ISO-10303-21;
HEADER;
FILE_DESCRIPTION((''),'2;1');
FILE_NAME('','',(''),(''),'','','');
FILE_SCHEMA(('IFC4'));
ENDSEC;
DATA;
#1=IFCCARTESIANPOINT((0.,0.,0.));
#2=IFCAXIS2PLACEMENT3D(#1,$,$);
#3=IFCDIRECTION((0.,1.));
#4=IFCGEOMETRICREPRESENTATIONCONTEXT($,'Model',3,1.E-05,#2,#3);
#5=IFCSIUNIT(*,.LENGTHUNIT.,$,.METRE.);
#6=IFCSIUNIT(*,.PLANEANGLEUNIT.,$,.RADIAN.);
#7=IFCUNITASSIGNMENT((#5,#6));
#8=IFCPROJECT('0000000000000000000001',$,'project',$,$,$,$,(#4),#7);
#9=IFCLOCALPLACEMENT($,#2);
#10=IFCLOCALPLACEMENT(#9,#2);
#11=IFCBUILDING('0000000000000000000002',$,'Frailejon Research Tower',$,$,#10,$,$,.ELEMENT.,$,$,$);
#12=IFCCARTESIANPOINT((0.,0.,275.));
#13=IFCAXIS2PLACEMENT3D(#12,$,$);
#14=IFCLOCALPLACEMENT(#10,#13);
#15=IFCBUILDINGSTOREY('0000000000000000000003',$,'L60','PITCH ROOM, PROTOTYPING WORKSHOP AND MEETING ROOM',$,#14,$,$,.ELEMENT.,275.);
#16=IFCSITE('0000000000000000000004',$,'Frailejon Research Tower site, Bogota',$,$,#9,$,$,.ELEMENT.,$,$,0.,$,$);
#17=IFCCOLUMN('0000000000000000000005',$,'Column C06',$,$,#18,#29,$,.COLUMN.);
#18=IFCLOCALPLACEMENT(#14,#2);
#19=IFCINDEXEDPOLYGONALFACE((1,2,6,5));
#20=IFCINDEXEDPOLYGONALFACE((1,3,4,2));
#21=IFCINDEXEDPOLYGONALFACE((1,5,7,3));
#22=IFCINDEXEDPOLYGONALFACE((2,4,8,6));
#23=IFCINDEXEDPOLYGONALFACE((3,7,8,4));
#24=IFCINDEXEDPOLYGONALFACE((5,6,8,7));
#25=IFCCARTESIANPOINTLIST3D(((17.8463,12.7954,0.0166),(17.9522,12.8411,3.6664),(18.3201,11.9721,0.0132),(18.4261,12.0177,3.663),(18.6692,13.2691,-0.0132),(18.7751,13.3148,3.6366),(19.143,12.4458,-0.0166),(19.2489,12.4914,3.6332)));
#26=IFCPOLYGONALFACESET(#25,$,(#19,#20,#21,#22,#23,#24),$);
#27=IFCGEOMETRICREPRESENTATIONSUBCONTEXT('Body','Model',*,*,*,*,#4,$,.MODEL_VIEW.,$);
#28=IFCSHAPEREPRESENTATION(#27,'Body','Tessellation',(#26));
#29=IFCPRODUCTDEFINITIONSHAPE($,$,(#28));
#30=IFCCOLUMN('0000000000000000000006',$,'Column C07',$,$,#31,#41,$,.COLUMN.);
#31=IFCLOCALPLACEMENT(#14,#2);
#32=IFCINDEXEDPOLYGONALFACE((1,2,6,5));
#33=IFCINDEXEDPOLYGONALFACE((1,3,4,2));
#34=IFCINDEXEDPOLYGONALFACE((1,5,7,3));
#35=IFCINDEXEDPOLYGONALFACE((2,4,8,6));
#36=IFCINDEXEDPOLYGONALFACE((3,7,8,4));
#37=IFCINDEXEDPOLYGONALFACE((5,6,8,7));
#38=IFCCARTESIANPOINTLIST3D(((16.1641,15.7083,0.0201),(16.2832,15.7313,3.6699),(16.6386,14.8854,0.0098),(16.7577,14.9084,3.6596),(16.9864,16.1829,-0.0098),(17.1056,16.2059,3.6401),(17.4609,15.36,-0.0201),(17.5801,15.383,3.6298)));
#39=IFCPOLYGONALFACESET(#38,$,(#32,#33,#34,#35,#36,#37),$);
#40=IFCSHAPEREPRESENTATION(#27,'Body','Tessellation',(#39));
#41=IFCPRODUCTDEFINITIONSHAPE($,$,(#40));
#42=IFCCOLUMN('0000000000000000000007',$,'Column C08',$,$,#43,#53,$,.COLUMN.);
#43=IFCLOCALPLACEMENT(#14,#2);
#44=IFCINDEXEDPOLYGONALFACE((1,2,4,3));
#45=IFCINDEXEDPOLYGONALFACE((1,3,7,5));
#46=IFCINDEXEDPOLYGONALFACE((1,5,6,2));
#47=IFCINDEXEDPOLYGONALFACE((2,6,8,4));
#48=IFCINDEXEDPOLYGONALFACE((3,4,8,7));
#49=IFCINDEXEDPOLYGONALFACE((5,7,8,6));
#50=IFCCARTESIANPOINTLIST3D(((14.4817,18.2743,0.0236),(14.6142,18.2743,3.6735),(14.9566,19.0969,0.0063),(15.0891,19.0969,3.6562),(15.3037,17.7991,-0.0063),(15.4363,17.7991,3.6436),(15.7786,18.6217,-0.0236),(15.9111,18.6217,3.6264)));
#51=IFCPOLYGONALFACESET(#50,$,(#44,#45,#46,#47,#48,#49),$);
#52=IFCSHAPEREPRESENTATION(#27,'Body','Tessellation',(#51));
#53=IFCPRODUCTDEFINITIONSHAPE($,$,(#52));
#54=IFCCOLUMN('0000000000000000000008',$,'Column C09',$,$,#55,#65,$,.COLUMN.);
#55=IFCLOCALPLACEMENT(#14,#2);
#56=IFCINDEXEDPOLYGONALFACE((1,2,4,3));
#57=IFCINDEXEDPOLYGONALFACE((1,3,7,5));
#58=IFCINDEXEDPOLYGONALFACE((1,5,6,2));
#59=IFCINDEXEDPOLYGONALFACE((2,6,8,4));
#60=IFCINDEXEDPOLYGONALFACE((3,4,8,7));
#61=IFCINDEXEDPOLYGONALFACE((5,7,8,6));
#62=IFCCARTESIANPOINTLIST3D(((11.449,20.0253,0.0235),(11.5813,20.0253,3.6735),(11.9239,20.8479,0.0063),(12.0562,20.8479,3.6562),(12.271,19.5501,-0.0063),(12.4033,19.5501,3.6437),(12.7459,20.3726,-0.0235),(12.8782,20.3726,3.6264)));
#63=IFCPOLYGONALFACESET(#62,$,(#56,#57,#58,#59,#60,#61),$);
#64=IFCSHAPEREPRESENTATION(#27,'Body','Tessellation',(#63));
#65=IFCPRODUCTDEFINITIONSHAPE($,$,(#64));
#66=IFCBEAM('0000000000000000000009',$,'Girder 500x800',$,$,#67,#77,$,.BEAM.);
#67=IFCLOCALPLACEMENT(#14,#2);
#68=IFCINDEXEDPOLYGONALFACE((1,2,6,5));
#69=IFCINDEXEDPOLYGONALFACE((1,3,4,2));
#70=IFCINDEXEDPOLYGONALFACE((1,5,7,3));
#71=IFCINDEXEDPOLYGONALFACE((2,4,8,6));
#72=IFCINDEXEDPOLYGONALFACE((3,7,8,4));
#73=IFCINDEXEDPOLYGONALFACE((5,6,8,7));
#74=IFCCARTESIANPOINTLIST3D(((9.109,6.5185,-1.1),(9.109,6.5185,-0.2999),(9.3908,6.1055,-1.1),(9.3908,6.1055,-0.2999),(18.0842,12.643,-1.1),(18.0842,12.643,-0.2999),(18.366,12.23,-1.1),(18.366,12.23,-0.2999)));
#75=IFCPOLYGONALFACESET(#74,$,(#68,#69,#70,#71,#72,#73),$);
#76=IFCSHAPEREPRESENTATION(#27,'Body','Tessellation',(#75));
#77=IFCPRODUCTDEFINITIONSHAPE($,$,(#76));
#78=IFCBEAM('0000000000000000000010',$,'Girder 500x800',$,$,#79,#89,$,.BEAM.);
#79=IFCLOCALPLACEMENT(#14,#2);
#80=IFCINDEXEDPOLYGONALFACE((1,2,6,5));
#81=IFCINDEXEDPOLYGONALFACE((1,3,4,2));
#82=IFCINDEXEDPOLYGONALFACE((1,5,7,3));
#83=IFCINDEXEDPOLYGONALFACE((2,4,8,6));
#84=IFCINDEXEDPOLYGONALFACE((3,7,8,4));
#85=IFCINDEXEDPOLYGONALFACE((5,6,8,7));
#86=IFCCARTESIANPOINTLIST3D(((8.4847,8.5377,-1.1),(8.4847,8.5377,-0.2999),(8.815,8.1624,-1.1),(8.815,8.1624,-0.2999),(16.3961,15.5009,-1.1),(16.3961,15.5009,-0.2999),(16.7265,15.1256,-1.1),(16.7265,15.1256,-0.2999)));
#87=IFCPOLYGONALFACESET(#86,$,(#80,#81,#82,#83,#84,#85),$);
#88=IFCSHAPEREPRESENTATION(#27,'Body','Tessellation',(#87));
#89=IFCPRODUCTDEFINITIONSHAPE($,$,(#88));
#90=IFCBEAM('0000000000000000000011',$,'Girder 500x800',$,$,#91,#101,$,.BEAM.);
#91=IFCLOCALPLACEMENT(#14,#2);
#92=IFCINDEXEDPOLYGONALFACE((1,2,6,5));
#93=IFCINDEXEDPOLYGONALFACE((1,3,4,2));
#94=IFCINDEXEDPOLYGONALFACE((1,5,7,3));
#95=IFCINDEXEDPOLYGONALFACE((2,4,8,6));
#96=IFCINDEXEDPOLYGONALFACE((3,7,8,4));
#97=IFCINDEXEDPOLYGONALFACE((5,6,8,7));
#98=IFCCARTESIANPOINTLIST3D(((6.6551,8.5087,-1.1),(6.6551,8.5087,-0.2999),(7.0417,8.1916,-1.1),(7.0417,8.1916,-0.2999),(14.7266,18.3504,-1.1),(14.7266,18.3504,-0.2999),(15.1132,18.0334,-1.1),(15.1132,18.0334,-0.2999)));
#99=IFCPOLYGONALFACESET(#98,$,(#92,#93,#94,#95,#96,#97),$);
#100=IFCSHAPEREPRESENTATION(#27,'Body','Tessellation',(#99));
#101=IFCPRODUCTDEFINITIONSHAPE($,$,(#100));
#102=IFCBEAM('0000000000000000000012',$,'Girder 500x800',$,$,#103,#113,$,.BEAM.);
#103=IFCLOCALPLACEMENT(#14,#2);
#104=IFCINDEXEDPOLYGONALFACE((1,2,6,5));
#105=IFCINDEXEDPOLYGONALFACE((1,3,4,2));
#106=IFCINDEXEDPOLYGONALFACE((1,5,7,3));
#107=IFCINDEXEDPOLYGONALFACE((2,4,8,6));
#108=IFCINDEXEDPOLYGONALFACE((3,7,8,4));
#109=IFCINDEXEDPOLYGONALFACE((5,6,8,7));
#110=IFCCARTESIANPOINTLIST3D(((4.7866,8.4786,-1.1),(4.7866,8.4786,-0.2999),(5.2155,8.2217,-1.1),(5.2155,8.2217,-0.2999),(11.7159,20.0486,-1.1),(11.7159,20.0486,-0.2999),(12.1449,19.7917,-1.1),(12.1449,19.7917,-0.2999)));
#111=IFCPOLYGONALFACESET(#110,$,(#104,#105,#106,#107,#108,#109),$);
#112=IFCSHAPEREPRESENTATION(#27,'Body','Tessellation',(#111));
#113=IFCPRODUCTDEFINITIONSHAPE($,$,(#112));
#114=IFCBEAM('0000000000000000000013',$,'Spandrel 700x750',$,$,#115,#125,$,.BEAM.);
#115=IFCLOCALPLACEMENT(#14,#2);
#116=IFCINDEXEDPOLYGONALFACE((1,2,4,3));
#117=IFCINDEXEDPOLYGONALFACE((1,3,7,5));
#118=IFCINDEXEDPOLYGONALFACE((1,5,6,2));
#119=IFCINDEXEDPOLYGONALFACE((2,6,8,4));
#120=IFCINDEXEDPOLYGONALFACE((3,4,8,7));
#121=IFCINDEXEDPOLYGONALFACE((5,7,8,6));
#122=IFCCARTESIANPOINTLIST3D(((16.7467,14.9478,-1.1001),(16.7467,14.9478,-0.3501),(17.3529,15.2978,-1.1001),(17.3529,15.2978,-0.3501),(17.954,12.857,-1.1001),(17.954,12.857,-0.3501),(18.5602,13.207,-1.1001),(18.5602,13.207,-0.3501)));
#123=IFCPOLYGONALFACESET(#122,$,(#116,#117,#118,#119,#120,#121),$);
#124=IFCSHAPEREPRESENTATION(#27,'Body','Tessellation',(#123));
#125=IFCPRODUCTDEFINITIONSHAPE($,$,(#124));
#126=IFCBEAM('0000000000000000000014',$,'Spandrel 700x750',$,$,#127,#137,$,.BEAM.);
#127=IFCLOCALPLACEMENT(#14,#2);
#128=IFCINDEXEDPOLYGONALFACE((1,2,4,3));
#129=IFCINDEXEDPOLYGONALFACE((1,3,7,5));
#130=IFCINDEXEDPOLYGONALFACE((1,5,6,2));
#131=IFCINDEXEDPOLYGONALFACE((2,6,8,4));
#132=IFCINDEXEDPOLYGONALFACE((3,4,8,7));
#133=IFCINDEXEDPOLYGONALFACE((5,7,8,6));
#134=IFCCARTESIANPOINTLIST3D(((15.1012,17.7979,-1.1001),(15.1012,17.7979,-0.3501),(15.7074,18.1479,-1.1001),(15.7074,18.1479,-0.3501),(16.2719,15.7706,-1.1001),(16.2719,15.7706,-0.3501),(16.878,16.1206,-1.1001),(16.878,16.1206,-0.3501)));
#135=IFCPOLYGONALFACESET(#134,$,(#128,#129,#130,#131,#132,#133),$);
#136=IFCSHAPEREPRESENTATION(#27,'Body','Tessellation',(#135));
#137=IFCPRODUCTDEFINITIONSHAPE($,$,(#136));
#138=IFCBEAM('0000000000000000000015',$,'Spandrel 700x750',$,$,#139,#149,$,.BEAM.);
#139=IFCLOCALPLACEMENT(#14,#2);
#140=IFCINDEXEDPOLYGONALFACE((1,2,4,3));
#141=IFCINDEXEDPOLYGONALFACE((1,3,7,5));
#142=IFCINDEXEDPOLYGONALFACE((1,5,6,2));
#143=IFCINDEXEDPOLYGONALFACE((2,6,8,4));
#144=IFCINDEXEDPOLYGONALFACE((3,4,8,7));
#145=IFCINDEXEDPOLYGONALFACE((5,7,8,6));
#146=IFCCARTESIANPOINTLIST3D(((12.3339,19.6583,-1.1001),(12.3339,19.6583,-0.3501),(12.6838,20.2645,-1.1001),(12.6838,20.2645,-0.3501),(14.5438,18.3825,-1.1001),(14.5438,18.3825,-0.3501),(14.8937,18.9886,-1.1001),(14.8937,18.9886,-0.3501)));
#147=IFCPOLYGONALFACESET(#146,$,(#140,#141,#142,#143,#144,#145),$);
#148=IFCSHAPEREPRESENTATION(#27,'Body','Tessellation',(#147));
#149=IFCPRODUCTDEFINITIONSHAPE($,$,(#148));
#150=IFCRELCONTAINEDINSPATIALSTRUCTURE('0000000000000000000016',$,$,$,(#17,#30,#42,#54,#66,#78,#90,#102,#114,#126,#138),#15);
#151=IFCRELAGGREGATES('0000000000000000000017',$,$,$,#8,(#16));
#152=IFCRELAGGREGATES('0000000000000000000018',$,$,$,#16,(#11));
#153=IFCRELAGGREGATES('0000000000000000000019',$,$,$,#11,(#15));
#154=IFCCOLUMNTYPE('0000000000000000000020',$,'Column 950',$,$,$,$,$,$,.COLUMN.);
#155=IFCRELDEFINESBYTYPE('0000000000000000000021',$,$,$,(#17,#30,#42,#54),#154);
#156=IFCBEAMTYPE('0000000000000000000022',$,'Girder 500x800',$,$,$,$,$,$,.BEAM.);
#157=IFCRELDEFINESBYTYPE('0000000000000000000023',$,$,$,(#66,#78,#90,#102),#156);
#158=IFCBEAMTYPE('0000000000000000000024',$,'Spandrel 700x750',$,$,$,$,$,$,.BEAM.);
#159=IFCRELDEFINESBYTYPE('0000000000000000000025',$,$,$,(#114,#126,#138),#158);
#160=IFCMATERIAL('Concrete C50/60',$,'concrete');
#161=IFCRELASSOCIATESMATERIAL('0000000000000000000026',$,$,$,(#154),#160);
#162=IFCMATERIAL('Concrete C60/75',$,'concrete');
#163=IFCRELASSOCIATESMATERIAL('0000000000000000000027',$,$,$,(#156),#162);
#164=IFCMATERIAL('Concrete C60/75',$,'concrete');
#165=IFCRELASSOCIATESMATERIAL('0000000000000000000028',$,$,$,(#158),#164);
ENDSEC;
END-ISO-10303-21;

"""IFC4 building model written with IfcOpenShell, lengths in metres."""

from ifc_helpers import new_model, si_unit, direction, frame, origin, origin_2d, place, context, subcontext, project, spatial, rectangle, extrude, material, material_profile, profile_set, type_object, element, save


model = new_model("IFC4")

# Units and contexts
model_context = context("Model", 3, precision=1e-05, world=origin(), true_north=direction((0.0, 1.0)))
body_context = subcontext(model_context, "Body", "Model", "MODEL_VIEW")
ifc_project = project(units=[si_unit("LENGTHUNIT", "METRE"), si_unit("PLANEANGLEUNIT", "RADIAN")], contexts=[model_context])

# Site, building, storey
site_placement = place(None, origin())
site = spatial("IfcSite", under=ifc_project, at=site_placement, Name="Frailejon Research Tower site, Bogota", CompositionType="ELEMENT", RefElevation=0.0)
building_placement = place(site_placement, origin())
building = spatial("IfcBuilding", under=site, at=building_placement, Name="Frailejon Research Tower", CompositionType="ELEMENT")
storey_placement = place(building_placement, frame((0.0, 0.0, 275.0)))
storey = spatial("IfcBuildingStorey", under=building, at=storey_placement, Name="L60", Description="PITCH ROOM, PROTOTYPING WORKSHOP AND MEETING ROOM", CompositionType="ELEMENT", Elevation=275.0)

# Columns
ifc_material_1 = material(Name="Concrete C50/60", Category="concrete")
ifc_material_profile_1 = material_profile(ifc_material_1, rectangle(XDim=0.95, YDim=0.95, at=origin_2d()), Name="Column 950")
ifc_profile_set_1 = profile_set([ifc_material_profile_1], Name="Concrete C50/60")
column_type = type_object("IfcColumnType", Name="Column 950", PredefinedType="COLUMN", material=ifc_profile_set_1)
column_1_placement = place(storey_placement, frame((18.4946, 12.6206, 0.0), z_axis=(0.029016, 0.012502, 0.999501), x_axis=(-0.498794, 0.866713, 0.003639)))
element("IfcColumn", 1, at=column_1_placement, inside=storey, type_object=column_type, Name="Column C06", PredefinedType="COLUMN", context=body_context, shape_type="SweptSolid", body=[
    extrude(rectangle(XDim=0.95, YDim=0.95, at=origin_2d()), origin(), (0.0, 0.0, 1.0), 3.6516),
])
column_2_placement = place(storey_placement, frame((16.8125, 15.5342, 0.0), z_axis=(0.032624, 0.006284, 0.999448), x_axis=(-0.49952, 0.866234, 0.010859)))
element("IfcColumn", 2, at=column_2_placement, inside=storey, type_object=column_type, Name="Column C07", PredefinedType="COLUMN", context=body_context, shape_type="SweptSolid", body=[
    extrude(rectangle(XDim=0.95, YDim=0.95, at=origin_2d()), origin(), (0.0, 0.0, 1.0), 3.6519),
])
for number, where, z_axis, x_axis, name in (
    (3, (15.1301, 18.448, 0.0), (0.036297, 0.0, 0.999341), (-0.865313, 0.500246, 0.031429), "Column C08"),
    (4, (12.0974, 20.199, 0.0), (0.03623, 0.0, 0.999343), (-0.865315, 0.500246, 0.031371), "Column C09"),
):
    element("IfcColumn", number, at=place(storey_placement, frame(where, z_axis=z_axis, x_axis=x_axis)), inside=storey, type_object=column_type, Name=name, PredefinedType="COLUMN", context=body_context, shape_type="SweptSolid", body=[
        extrude(rectangle(XDim=0.95, YDim=0.95, at=origin_2d()), origin(), (0.0, 0.0, 1.0), 3.6523),
    ])

# Beams
ifc_material_2 = material(Name="Concrete C60/75", Category="concrete")
ifc_material_profile_2 = material_profile(ifc_material_2, rectangle(XDim=0.5, YDim=0.8, at=origin_2d()), Name="Girder 500x800")
ifc_profile_set_2 = profile_set([ifc_material_profile_2], Name="Concrete C60/75")
beam_type_1 = type_object("IfcBeamType", Name="Girder 500x800", PredefinedType="BEAM", material=ifc_profile_set_2)
beam_1_placement = place(storey_placement, frame((18.2251, 12.4365, -0.7), z_axis=(-0.826008, -0.563659, 0.0), x_axis=(0.563659, -0.826008, 0.0)))
element("IfcBeam", 5, at=beam_1_placement, inside=storey, type_object=beam_type_1, Name="Girder 500x800", PredefinedType="BEAM", context=body_context, shape_type="SweptSolid", body=[
    extrude(rectangle(XDim=0.5, YDim=0.8, at=origin_2d()), origin(), (0.0, 0.0, 1.0), 10.8657),
])
beam_2_placement = place(storey_placement, frame((16.5613, 15.3132, -0.7), z_axis=(-0.750661, -0.660688, 0.0), x_axis=(0.660688, -0.750661, 0.0)))
element("IfcBeam", 6, at=beam_2_placement, inside=storey, type_object=beam_type_1, Name="Girder 500x800", PredefinedType="BEAM", context=body_context, shape_type="SweptSolid", body=[
    extrude(rectangle(XDim=0.5, YDim=0.8, at=origin_2d()), origin(), (0.0, 0.0, 1.0), 10.5393),
])
beam_3_placement = place(storey_placement, frame((14.9199, 18.1919, -0.7), z_axis=(-0.634139, -0.773219, 0.0), x_axis=(0.773219, -0.634139, 0.0)))
element("IfcBeam", 7, at=beam_3_placement, inside=storey, type_object=beam_type_1, Name="Girder 500x800", PredefinedType="BEAM", context=body_context, shape_type="SweptSolid", body=[
    extrude(rectangle(XDim=0.5, YDim=0.8, at=origin_2d()), origin(), (0.0, 0.0, 1.0), 12.7283),
])
beam_4_placement = place(storey_placement, frame((11.9304, 19.9202, -0.7), z_axis=(-0.513809, -0.857905, 0.0), x_axis=(0.857905, -0.513809, 0.0)))
element("IfcBeam", 8, at=beam_4_placement, inside=storey, type_object=beam_type_1, Name="Girder 500x800", PredefinedType="BEAM", context=body_context, shape_type="SweptSolid", body=[
    extrude(rectangle(XDim=0.5, YDim=0.8, at=origin_2d()), origin(), (0.0, 0.0, 1.0), 13.4863),
])
ifc_material_3 = material(Name="Concrete C60/75", Category="concrete")
ifc_material_profile_3 = material_profile(ifc_material_3, rectangle(XDim=0.7, YDim=0.75, at=origin_2d()), Name="Spandrel 700x750")
ifc_profile_set_3 = profile_set([ifc_material_profile_3], Name="Concrete C60/75")
beam_type_2 = type_object("IfcBeamType", Name="Spandrel 700x750", PredefinedType="BEAM", material=ifc_profile_set_3)
beam_5_placement = place(storey_placement, frame((18.2571, 13.032, -0.7251), z_axis=(-0.500043, 0.866, 0.0), x_axis=(-0.866, -0.500043, 0.0)))
element("IfcBeam", 9, at=beam_5_placement, inside=storey, type_object=beam_type_2, Name="Spandrel 700x750", PredefinedType="BEAM", context=body_context, shape_type="SweptSolid", body=[
    extrude(rectangle(XDim=0.7, YDim=0.75, at=origin_2d()), origin(), (0.0, 0.0, 1.0), 2.4143),
])
beam_6_placement = place(storey_placement, frame((16.575, 15.9456, -0.7251), z_axis=(-0.500053, 0.865995, 0.0), x_axis=(-0.865995, -0.500053, 0.0)))
element("IfcBeam", 10, at=beam_6_placement, inside=storey, type_object=beam_type_2, Name="Spandrel 700x750", PredefinedType="BEAM", context=body_context, shape_type="SweptSolid", body=[
    extrude(rectangle(XDim=0.7, YDim=0.75, at=origin_2d()), origin(), (0.0, 0.0, 1.0), 2.3411),
])
beam_7_placement = place(storey_placement, frame((14.7188, 18.6855, -0.7251), z_axis=(-0.866033, 0.499987, 0.0), x_axis=(-0.499987, -0.866033, 0.0)))
element("IfcBeam", 11, at=beam_7_placement, inside=storey, type_object=beam_type_2, Name="Spandrel 700x750", PredefinedType="BEAM", context=body_context, shape_type="SweptSolid", body=[
    extrude(rectangle(XDim=0.7, YDim=0.75, at=origin_2d()), origin(), (0.0, 0.0, 1.0), 2.5518),
])

save(model, "model.ifc")
